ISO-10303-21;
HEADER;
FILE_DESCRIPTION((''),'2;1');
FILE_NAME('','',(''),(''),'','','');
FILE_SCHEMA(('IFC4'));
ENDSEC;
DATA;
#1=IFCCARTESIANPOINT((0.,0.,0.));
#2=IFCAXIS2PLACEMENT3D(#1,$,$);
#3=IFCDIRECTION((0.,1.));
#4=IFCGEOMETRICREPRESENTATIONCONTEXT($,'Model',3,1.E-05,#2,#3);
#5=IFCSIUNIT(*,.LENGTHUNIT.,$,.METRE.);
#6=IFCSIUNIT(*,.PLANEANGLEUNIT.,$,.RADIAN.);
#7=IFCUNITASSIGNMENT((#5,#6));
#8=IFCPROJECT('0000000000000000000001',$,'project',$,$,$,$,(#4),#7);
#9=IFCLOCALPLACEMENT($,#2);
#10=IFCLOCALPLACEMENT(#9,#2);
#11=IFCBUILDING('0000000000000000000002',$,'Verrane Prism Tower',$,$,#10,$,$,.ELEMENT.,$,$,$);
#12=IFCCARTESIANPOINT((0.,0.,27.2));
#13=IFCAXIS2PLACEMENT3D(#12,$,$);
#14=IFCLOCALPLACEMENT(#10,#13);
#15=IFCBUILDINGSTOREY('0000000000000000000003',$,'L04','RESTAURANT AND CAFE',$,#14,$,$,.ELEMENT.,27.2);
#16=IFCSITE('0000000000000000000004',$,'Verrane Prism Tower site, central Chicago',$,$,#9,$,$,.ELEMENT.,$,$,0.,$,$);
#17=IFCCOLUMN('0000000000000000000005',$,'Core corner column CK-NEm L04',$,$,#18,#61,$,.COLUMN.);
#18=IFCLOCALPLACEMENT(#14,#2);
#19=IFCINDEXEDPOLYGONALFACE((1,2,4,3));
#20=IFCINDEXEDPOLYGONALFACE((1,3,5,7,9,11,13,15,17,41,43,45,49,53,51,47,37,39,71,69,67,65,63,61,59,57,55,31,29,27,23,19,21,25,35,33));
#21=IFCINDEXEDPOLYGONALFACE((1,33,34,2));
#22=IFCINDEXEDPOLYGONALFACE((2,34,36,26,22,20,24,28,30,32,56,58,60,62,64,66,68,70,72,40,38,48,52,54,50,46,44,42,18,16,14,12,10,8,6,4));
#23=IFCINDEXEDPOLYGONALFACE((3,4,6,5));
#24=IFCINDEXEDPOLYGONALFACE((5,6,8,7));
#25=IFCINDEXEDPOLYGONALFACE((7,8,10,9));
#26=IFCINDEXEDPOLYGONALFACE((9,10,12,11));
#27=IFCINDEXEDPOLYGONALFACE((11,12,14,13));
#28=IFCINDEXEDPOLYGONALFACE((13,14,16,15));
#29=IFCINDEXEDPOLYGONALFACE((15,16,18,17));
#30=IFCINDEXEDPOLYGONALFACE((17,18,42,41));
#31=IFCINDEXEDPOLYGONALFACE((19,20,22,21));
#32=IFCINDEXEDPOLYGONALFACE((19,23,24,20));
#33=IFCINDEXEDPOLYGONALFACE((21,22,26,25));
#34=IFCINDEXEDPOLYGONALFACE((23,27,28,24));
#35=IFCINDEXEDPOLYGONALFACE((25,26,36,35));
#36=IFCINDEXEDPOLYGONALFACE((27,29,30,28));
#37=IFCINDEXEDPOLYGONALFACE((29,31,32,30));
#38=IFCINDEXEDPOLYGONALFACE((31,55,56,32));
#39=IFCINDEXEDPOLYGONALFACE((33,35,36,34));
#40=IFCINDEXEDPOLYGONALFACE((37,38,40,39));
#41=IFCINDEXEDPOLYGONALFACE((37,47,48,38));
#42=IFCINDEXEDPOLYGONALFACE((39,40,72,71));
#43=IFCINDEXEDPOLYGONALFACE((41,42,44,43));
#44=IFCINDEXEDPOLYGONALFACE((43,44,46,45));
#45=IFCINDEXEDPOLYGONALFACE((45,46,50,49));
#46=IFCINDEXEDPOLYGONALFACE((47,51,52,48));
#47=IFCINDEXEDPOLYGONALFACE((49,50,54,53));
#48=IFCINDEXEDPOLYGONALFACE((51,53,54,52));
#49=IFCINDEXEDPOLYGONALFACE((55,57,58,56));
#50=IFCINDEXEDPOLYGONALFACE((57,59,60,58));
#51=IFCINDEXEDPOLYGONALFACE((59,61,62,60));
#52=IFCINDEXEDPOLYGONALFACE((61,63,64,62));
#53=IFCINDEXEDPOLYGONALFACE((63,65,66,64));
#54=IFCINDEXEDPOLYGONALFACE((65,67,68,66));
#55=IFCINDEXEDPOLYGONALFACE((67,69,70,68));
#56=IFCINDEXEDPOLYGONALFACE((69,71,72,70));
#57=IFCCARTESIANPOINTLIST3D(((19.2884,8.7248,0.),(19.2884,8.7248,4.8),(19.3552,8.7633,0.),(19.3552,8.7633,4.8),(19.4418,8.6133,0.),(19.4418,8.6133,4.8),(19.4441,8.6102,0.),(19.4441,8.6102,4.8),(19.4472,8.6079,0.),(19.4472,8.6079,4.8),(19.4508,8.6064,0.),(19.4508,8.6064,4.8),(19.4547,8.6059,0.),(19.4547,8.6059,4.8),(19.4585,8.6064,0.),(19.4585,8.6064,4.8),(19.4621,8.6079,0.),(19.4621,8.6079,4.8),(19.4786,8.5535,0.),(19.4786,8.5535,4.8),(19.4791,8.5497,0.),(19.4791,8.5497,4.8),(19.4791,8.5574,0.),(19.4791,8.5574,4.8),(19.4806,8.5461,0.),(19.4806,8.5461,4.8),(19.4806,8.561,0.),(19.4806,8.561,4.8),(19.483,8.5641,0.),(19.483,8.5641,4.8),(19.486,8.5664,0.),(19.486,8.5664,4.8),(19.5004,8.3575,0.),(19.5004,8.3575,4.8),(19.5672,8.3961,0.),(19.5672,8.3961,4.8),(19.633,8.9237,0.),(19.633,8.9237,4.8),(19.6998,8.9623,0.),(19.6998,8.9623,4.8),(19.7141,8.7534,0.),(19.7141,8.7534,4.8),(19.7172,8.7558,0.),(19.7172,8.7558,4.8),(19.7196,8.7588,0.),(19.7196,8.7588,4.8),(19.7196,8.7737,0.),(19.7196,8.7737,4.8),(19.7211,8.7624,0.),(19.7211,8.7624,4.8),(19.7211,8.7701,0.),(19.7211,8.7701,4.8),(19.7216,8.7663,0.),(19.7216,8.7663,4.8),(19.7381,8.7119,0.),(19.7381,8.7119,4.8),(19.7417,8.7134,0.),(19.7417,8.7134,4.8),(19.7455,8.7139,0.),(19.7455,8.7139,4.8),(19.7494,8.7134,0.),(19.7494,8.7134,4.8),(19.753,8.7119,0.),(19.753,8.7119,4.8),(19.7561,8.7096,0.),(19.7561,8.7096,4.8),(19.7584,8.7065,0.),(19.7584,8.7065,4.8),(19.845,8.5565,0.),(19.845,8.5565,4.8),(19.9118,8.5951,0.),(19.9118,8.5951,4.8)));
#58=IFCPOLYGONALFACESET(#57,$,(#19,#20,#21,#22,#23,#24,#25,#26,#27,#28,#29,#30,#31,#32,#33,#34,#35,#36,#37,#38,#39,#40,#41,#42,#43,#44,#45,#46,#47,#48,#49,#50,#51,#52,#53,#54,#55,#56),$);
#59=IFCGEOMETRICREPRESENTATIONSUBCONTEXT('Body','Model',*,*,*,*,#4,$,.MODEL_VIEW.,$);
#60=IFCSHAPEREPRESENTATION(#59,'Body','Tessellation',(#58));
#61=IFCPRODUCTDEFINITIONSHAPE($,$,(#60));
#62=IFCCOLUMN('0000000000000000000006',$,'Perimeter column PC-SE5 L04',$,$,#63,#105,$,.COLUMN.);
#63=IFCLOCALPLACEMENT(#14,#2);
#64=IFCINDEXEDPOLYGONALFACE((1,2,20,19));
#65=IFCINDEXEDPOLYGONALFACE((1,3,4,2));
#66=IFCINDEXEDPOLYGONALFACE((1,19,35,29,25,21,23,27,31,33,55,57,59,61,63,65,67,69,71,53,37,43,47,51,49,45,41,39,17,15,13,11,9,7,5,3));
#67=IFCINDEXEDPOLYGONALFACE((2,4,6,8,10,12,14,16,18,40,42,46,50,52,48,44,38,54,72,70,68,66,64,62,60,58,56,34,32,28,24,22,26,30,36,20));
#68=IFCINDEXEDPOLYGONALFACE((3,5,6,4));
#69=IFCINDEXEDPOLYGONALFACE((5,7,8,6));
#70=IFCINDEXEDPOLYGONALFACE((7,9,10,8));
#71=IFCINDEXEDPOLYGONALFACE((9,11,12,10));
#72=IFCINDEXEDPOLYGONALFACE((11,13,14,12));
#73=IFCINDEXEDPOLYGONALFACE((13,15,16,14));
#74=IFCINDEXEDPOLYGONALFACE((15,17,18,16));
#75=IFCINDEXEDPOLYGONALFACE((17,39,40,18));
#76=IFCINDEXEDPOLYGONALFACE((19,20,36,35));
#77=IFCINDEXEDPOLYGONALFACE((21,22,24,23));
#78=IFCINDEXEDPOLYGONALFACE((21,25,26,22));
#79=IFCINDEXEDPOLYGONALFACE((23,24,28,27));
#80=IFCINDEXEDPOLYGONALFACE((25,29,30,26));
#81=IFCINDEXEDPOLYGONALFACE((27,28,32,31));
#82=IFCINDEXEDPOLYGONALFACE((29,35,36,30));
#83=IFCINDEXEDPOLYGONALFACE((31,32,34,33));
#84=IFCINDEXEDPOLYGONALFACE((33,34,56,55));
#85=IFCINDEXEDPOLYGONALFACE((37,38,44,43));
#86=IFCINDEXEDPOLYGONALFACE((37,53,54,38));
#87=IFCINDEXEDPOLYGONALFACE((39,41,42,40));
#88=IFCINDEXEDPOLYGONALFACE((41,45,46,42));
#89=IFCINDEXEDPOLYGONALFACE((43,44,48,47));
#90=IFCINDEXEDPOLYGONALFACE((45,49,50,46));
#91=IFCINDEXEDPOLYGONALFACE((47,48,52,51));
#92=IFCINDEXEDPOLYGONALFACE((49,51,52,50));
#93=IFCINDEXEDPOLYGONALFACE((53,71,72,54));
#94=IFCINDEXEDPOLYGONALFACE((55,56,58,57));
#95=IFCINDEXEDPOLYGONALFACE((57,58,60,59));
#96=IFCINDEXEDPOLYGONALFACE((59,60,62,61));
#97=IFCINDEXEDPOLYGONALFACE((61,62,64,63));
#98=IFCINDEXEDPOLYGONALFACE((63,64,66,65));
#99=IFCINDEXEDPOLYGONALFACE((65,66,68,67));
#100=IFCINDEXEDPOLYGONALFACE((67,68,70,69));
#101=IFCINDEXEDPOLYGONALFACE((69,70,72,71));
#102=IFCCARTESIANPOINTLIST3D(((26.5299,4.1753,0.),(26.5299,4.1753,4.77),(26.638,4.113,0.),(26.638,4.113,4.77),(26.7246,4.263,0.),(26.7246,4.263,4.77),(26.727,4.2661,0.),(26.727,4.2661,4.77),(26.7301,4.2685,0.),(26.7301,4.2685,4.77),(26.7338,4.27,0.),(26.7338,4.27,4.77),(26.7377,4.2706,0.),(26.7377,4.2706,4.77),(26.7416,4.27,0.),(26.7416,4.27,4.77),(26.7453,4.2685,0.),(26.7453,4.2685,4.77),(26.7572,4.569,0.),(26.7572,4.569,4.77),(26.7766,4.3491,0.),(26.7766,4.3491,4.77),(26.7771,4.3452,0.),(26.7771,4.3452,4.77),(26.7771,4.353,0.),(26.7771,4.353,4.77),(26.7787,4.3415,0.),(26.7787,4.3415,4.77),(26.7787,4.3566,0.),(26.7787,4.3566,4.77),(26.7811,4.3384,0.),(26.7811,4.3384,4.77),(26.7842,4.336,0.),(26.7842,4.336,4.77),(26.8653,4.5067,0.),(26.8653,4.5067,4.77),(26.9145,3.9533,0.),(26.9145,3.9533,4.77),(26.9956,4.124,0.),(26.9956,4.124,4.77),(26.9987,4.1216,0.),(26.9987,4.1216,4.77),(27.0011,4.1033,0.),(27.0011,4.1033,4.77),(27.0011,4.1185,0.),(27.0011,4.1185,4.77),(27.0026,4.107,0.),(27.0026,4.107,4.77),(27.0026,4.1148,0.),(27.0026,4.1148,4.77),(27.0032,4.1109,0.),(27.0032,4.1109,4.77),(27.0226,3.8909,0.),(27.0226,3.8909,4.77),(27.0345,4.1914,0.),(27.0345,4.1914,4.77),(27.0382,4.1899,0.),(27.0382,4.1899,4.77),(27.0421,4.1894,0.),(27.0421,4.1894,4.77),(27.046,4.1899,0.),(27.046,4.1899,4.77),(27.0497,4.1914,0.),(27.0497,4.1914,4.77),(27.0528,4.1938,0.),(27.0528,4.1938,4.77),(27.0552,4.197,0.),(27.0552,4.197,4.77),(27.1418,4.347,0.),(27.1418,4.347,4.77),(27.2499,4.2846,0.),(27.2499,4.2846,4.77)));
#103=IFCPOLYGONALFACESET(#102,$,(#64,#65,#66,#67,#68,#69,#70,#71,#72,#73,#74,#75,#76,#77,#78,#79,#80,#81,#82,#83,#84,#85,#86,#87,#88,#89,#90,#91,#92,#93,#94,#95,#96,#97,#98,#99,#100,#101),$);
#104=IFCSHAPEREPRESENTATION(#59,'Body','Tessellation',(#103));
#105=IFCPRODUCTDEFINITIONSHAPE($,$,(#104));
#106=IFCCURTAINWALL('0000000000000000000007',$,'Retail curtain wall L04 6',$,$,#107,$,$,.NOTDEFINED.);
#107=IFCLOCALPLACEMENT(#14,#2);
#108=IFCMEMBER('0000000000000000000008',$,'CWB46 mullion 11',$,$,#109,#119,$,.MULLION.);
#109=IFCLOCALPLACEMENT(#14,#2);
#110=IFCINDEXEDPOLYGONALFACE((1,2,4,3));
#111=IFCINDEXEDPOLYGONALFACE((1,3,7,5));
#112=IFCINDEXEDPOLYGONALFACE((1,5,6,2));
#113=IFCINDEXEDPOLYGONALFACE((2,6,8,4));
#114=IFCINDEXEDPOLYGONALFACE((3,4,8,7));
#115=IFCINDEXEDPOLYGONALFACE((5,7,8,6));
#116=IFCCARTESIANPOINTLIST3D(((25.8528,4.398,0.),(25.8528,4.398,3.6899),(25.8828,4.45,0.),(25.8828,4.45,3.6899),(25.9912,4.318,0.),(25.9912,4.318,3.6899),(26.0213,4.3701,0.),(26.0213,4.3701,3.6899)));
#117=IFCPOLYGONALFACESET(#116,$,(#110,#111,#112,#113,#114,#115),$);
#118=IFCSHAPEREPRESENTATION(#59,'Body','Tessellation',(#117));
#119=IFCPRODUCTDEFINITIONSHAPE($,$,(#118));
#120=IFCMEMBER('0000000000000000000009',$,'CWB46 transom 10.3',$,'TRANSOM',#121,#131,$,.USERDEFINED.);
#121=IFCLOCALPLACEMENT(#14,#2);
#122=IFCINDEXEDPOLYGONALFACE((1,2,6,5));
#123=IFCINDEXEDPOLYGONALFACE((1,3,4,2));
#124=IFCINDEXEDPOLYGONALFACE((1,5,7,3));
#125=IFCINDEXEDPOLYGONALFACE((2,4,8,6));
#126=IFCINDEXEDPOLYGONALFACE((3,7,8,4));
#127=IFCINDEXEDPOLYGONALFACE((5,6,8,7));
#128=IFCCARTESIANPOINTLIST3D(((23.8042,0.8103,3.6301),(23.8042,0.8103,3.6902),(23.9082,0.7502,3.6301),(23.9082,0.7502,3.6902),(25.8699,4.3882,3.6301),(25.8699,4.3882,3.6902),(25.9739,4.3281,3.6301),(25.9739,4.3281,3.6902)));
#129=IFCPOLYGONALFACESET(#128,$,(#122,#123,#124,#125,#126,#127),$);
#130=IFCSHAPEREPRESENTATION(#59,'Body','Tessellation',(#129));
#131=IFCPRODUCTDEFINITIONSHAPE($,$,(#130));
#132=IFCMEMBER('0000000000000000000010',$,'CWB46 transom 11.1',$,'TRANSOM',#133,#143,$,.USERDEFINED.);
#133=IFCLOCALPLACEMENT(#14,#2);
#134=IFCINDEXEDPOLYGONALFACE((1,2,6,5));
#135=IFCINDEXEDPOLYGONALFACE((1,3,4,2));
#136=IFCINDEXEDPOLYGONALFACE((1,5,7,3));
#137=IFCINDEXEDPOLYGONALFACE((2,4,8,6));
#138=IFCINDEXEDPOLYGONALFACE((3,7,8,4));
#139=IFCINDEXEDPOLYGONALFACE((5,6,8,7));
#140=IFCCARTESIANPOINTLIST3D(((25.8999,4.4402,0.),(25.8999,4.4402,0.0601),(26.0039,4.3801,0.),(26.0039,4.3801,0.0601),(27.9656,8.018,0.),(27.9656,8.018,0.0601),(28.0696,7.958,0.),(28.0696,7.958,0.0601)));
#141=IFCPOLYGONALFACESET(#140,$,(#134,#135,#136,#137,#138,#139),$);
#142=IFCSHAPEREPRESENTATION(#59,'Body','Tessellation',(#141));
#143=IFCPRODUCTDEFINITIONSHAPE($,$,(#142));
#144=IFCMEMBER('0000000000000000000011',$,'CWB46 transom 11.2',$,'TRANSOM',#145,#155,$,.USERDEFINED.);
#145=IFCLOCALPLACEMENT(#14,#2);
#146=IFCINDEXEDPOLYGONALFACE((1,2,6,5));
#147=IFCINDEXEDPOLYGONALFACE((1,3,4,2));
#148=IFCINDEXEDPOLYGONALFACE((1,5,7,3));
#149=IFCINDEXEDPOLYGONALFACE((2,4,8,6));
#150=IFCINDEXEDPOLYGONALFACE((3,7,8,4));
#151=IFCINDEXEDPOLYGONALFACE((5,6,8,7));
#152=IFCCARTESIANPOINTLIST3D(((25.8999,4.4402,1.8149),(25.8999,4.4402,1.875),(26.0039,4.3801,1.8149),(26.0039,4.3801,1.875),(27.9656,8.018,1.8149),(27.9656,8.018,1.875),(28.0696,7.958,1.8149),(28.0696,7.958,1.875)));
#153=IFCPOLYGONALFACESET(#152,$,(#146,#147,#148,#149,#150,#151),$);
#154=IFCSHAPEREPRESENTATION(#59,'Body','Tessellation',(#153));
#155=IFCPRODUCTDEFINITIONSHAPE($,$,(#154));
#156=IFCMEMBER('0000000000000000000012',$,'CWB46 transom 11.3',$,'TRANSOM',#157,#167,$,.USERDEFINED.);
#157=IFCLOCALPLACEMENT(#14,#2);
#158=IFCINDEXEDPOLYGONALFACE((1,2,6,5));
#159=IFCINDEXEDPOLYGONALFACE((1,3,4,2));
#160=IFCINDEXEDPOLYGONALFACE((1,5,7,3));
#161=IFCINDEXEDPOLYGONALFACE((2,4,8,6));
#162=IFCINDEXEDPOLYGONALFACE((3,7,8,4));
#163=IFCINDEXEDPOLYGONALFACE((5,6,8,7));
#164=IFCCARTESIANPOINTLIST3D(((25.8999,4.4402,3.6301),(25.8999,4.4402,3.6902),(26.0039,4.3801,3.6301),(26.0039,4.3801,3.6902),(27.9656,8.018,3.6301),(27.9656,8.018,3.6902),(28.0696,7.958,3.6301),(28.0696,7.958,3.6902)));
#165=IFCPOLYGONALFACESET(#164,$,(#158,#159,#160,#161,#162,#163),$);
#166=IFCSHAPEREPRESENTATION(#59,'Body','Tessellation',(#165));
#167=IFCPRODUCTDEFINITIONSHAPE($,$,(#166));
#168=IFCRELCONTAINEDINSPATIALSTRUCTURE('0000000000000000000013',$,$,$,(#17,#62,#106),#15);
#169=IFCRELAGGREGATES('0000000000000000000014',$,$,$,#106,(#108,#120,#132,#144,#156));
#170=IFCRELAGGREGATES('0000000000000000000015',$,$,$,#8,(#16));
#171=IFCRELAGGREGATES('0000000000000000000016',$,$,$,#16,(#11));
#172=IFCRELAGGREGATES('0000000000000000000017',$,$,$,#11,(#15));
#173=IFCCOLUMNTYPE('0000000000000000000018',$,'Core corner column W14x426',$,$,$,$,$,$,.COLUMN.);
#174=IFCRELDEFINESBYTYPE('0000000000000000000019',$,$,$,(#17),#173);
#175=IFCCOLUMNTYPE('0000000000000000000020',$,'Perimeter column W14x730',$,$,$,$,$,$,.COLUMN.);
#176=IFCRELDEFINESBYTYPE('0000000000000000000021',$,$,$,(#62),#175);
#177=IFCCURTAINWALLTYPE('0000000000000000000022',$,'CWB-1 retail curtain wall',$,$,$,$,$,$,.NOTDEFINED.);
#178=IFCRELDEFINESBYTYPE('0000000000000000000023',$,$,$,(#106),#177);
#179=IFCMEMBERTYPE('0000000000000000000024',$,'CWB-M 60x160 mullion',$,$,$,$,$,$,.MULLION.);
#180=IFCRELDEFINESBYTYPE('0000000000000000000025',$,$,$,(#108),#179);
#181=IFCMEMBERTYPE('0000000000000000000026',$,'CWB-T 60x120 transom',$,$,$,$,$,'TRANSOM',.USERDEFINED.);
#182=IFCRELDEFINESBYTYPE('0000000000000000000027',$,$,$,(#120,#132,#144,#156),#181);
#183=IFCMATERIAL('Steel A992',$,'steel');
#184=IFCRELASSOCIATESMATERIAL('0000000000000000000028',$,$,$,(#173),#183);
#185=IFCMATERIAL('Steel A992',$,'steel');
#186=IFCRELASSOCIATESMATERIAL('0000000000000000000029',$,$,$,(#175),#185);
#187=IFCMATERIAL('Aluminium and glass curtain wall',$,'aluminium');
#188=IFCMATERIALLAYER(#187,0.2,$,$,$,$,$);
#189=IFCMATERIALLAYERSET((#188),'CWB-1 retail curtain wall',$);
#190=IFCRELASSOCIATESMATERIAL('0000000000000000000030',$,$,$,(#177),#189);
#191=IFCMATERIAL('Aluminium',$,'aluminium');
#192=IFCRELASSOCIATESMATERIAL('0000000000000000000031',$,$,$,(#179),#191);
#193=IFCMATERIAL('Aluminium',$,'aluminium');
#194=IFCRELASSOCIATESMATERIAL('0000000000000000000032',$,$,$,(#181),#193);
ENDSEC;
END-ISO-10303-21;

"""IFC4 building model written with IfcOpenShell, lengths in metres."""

from ifc_helpers import new_model, si_unit, direction, frame, origin, origin_2d, place, context, subcontext, project, spatial, rectangle, i_section, extrude, material, layer, layer_set, material_profile, profile_set, type_object, element, aggregate, save


model = new_model("IFC4")

# Units and contexts
model_context = context("Model", 3, precision=1e-05, world=origin(), true_north=direction((0.0, 1.0)))
body_context = subcontext(model_context, "Body", "Model", "MODEL_VIEW")
ifc_project = project(units=[si_unit("LENGTHUNIT", "METRE"), si_unit("PLANEANGLEUNIT", "RADIAN")], contexts=[model_context])

# Site, building, storey
site_placement = place(None, origin())
site = spatial("IfcSite", under=ifc_project, at=site_placement, Name="Verrane Prism Tower site, central Chicago", CompositionType="ELEMENT", RefElevation=0.0)
building_placement = place(site_placement, origin())
building = spatial("IfcBuilding", under=site, at=building_placement, Name="Verrane Prism Tower", CompositionType="ELEMENT")
storey_placement = place(building_placement, frame((0.0, 0.0, 27.2)))
storey = spatial("IfcBuildingStorey", under=building, at=storey_placement, Name="L04", Description="RESTAURANT AND CAFE", CompositionType="ELEMENT", Elevation=27.2)

# Columns
ifc_material_1 = material(Name="Steel A992", Category="steel")
ifc_material_profile_1 = material_profile(ifc_material_1, i_section(OverallWidth=0.4241, OverallDepth=0.4751, WebThickness=0.0479, FlangeThickness=0.0771, FilletRadius=0.0149, at=origin_2d()), Name="W14x426")
ifc_profile_set_1 = profile_set([ifc_material_profile_1], Name="Steel A992")
column_type_1 = type_object("IfcColumnType", Name="Core corner column W14x426", PredefinedType="COLUMN", material=ifc_profile_set_1)
column_1_placement = place(storey_placement, frame((19.6001, 8.6599, 0.0), z_axis=(0.0, 0.0, 1.0), x_axis=(0.5, -0.866025, 0.0)))
element("IfcColumn", 1, at=column_1_placement, inside=storey, type_object=column_type_1, Name="Core corner column CK-NEm L04", PredefinedType="COLUMN", context=body_context, shape_type="SweptSolid", body=[
    extrude(i_section(OverallWidth=0.4241, OverallDepth=0.4751, WebThickness=0.0479, FlangeThickness=0.0771, FilletRadius=0.0149, at=origin_2d()), origin(), (0.0, 0.0, 1.0), 4.8),
])
ifc_material_2 = material(Name="Steel A992", Category="steel")
ifc_material_profile_2 = material_profile(ifc_material_2, i_section(OverallWidth=0.4546, OverallDepth=0.5688, WebThickness=0.0779, FlangeThickness=0.1248, FilletRadius=0.0151, at=origin_2d()), Name="W14x730")
ifc_profile_set_2 = profile_set([ifc_material_profile_2], Name="Steel A992")
column_type_2 = type_object("IfcColumnType", Name="Perimeter column W14x730", PredefinedType="COLUMN", material=ifc_profile_set_2)
column_2_placement = place(storey_placement, frame((26.8899, 4.23, 0.0), z_axis=(0.0, 0.0, 1.0), x_axis=(-0.5, -0.866025, 0.0)))
element("IfcColumn", 2, at=column_2_placement, inside=storey, type_object=column_type_2, Name="Perimeter column PC-SE5 L04", PredefinedType="COLUMN", context=body_context, shape_type="SweptSolid", body=[
    extrude(i_section(OverallWidth=0.4546, OverallDepth=0.5688, WebThickness=0.0779, FlangeThickness=0.1248, FilletRadius=0.0151, at=origin_2d()), origin(), (0.0, 0.0, 1.0), 4.77),
])

# Curtain wall, members
ifc_material_3 = material(Name="Aluminium and glass curtain wall", Category="aluminium")
ifc_layer_1 = layer(ifc_material_3, 0.2)
ifc_layer_set_1 = layer_set([ifc_layer_1], Name="CWB-1 retail curtain wall")
curtain_wall_type = type_object("IfcCurtainWallType", Name="CWB-1 retail curtain wall", PredefinedType="NOTDEFINED", material=ifc_layer_set_1)
curtain_wall_placement = place(storey_placement, origin())
curtain_wall = element("IfcCurtainWall", 3, at=curtain_wall_placement, inside=storey, type_object=curtain_wall_type, Name="Retail curtain wall L04 6", PredefinedType="NOTDEFINED")
ifc_material_4 = material(Name="Aluminium", Category="aluminium")
ifc_material_profile_3 = material_profile(ifc_material_4, rectangle(XDim=0.1599, YDim=0.0601, at=origin_2d()), Name="CWB-M 60x160 mullion")
ifc_profile_set_3 = profile_set([ifc_material_profile_3], Name="Aluminium")
member_type_1 = type_object("IfcMemberType", Name="CWB-M 60x160 mullion", PredefinedType="MULLION", material=ifc_profile_set_3)
member_1_placement = place(storey_placement, frame((25.937, 4.384, 0.0), z_axis=(0.0, 0.0, 1.0), x_axis=(-0.866025, 0.5, 0.0)))
member_1 = element("IfcMember", 4, at=member_1_placement, type_object=member_type_1, Name="CWB46 mullion 11", PredefinedType="MULLION", context=body_context, shape_type="SweptSolid", body=[
    extrude(rectangle(XDim=0.1599, YDim=0.0601, at=origin_2d()), origin(), (0.0, 0.0, 1.0), 3.6899),
])
ifc_material_5 = material(Name="Aluminium", Category="aluminium")
ifc_material_profile_4 = material_profile(ifc_material_5, rectangle(XDim=0.1201, YDim=0.0601, at=origin_2d()), Name="CWB-T 60x120 transom")
ifc_profile_set_4 = profile_set([ifc_material_profile_4], Name="Aluminium")
member_type_2 = type_object("IfcMemberType", Name="CWB-T 60x120 transom", ElementType="TRANSOM", PredefinedType="USERDEFINED", material=ifc_profile_set_4)
member_2_placement = place(storey_placement, frame((23.8562, 0.7803, 3.6602), z_axis=(0.499997, 0.866027, 0.0), x_axis=(-0.866027, 0.499997, 0.0)))
member_2 = element("IfcMember", 5, at=member_2_placement, type_object=member_type_2, Name="CWB46 transom 10.3", ObjectType="TRANSOM", PredefinedType="USERDEFINED", context=body_context, shape_type="SweptSolid", body=[
    extrude(rectangle(XDim=0.1201, YDim=0.0601, at=origin_2d()), origin(), (0.0, 0.0, 1.0), 4.1313),
])
member_3_placement = place(storey_placement, frame((25.9519, 4.4102, 0.03), z_axis=(0.499997, 0.866027, 0.0), x_axis=(-0.866027, 0.499997, 0.0)))
member_3 = element("IfcMember", 6, at=member_3_placement, type_object=member_type_2, Name="CWB46 transom 11.1", ObjectType="TRANSOM", PredefinedType="USERDEFINED", context=body_context, shape_type="SweptSolid", body=[
    extrude(rectangle(XDim=0.1201, YDim=0.0601, at=origin_2d()), origin(), (0.0, 0.0, 1.0), 4.1313),
])
member_4_placement = place(storey_placement, frame((25.9519, 4.4102, 1.845), z_axis=(0.499997, 0.866027, 0.0), x_axis=(-0.866027, 0.499997, 0.0)))
member_4 = element("IfcMember", 7, at=member_4_placement, type_object=member_type_2, Name="CWB46 transom 11.2", ObjectType="TRANSOM", PredefinedType="USERDEFINED", context=body_context, shape_type="SweptSolid", body=[
    extrude(rectangle(XDim=0.1201, YDim=0.0601, at=origin_2d()), origin(), (0.0, 0.0, 1.0), 4.1313),
])
member_5_placement = place(storey_placement, frame((25.9519, 4.4102, 3.6602), z_axis=(0.499997, 0.866027, 0.0), x_axis=(-0.866027, 0.499997, 0.0)))
member_5 = element("IfcMember", 8, at=member_5_placement, type_object=member_type_2, Name="CWB46 transom 11.3", ObjectType="TRANSOM", PredefinedType="USERDEFINED", context=body_context, shape_type="SweptSolid", body=[
    extrude(rectangle(XDim=0.1201, YDim=0.0601, at=origin_2d()), origin(), (0.0, 0.0, 1.0), 4.1313),
])

aggregate(curtain_wall, [member_1, member_2, member_3, member_4, member_5])

save(model, "model.ifc")
